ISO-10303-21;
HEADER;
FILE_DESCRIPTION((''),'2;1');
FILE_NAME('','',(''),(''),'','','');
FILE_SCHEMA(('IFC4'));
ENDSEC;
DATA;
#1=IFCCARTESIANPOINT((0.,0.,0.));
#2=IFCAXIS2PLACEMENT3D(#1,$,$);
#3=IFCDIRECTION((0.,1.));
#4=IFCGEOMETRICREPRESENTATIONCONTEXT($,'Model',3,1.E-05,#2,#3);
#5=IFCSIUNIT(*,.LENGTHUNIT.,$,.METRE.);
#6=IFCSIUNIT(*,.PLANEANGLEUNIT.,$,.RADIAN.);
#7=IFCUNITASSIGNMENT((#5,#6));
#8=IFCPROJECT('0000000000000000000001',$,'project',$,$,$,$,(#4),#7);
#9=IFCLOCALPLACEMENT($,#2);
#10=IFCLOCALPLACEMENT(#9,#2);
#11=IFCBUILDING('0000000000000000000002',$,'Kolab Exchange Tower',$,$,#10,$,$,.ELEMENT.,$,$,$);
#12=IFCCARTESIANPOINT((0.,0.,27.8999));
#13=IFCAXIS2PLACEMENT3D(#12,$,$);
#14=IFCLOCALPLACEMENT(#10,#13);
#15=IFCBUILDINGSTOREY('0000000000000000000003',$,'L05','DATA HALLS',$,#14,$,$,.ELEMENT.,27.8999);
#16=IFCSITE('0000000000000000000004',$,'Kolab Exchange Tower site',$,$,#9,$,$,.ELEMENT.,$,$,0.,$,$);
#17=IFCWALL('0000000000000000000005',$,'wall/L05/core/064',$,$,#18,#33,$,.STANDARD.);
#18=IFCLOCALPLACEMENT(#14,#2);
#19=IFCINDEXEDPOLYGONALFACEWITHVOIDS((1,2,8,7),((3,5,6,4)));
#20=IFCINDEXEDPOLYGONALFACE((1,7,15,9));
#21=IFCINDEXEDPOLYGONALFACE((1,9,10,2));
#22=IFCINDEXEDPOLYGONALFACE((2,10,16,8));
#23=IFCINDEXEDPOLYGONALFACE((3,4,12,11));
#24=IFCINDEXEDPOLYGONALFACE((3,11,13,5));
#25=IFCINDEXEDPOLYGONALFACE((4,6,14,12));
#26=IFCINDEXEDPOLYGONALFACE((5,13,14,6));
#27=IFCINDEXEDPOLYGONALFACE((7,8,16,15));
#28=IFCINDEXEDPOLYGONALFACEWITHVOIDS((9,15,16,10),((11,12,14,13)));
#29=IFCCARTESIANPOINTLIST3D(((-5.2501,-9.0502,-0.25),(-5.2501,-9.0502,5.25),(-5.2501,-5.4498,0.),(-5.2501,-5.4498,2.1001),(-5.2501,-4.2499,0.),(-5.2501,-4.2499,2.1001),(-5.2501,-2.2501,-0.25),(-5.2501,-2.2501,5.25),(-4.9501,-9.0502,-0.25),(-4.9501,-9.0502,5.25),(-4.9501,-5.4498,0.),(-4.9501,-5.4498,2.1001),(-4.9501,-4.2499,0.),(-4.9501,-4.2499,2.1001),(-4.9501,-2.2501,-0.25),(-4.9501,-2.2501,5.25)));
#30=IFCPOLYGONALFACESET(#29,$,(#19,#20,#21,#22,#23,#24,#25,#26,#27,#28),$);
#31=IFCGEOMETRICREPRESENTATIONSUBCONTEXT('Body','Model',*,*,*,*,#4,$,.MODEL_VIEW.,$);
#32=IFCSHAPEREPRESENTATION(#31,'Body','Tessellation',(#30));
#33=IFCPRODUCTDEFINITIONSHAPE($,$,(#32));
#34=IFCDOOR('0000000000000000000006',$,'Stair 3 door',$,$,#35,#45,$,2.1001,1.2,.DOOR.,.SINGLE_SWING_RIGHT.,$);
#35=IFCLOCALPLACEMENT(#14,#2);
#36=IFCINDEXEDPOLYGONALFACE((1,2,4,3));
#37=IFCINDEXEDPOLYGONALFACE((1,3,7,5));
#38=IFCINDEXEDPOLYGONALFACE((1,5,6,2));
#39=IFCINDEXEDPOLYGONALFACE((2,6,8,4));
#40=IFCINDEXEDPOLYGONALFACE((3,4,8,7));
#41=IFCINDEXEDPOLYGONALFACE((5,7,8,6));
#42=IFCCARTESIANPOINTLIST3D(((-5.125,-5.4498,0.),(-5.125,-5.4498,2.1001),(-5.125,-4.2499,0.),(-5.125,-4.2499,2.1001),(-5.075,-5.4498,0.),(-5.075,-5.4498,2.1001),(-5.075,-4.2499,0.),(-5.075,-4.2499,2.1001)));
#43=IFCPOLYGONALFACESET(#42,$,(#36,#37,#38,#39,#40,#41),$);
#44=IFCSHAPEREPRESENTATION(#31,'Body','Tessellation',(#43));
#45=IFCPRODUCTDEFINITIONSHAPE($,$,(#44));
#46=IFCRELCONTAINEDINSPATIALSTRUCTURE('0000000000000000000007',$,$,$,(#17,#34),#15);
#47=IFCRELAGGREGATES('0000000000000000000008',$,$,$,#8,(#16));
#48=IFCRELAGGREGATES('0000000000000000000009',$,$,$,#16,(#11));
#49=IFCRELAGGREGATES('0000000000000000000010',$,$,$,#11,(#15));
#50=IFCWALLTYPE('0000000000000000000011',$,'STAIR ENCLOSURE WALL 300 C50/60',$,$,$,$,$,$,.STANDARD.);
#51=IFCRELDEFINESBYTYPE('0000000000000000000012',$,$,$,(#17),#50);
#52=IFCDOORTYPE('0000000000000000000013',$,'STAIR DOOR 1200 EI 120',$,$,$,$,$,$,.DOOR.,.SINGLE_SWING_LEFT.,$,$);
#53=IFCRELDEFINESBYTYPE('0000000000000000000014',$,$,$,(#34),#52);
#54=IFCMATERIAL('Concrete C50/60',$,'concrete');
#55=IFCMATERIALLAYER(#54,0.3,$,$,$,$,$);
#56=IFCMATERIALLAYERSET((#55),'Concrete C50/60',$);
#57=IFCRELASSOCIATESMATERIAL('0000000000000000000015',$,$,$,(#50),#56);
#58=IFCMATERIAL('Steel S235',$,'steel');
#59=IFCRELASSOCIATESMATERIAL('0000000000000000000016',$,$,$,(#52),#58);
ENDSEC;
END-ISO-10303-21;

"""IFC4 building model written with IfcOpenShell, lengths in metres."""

from ifc_helpers import new_model, si_unit, direction, frame, frame_2d, origin, place, context, subcontext, project, spatial, rectangle, extrude, material, layer, layer_set, type_object, element, fill, save


model = new_model("IFC4")

# Units and contexts
model_context = context("Model", 3, precision=1e-05, world=origin(), true_north=direction((0.0, 1.0)))
body_context = subcontext(model_context, "Body", "Model", "MODEL_VIEW")
ifc_project = project(units=[si_unit("LENGTHUNIT", "METRE"), si_unit("PLANEANGLEUNIT", "RADIAN")], contexts=[model_context])

# Site, building, storey
site_placement = place(None, origin())
site = spatial("IfcSite", under=ifc_project, at=site_placement, Name="Kolab Exchange Tower site", CompositionType="ELEMENT", RefElevation=0.0)
building_placement = place(site_placement, origin())
building = spatial("IfcBuilding", under=site, at=building_placement, Name="Kolab Exchange Tower", CompositionType="ELEMENT")
storey_placement = place(building_placement, frame((0.0, 0.0, 27.8999)))
storey = spatial("IfcBuildingStorey", under=building, at=storey_placement, Name="L05", Description="DATA HALLS", CompositionType="ELEMENT", Elevation=27.8999)

# Shared definitions
ifc_material_1 = material(Name="Steel S235", Category="steel")
ifc_material_2 = material(Name="Concrete C50/60", Category="concrete")

# Wall, opening, door
ifc_layer_1 = layer(ifc_material_2, 0.3)
ifc_layer_set_1 = layer_set([ifc_layer_1], Name="Concrete C50/60")
wall_type_1 = type_object("IfcWallType", Name="STAIR ENCLOSURE WALL 300 C50/60", PredefinedType="STANDARD", material=ifc_layer_set_1)
wall_1_placement = place(storey_placement, frame((-5.1001, -9.05, -0.25), z_axis=(0.0, 0.0, 1.0), x_axis=(0.0, 1.0, 0.0)))
wall_1 = element("IfcWall", 1, at=wall_1_placement, inside=storey, type_object=wall_type_1, Name="wall/L05/core/064", PredefinedType="STANDARD", context=body_context, shape_type="SweptSolid", body=[
    extrude(rectangle(XDim=6.8, YDim=0.3, at=frame_2d((3.3999, 0.0))), origin(), (0.0, 0.0, 1.0), 5.5),
])
opening_1_placement = place(wall_1_placement, frame((3.6001, 0.0, 0.25)))
opening_1 = element("IfcOpeningElement", 2, at=opening_1_placement, cuts=wall_1, PredefinedType="OPENING", context=body_context, shape_type="SweptSolid", body=[
    extrude(rectangle(XDim=1.2, YDim=2.1001, at=frame_2d((0.6001, 1.05))), frame((0.0, 0.1602, 0.0), z_axis=(0.0, -1.0, 0.0), x_axis=(1.0, 0.0, 0.0)), (0.0, 0.0, 1.0), 0.3201),
])
door_type_1 = type_object("IfcDoorType", Name="STAIR DOOR 1200 EI 120", OperationType="SINGLE_SWING_LEFT", PredefinedType="DOOR", material=ifc_material_1)
door_1_placement = place(opening_1_placement, origin())
door_1 = element("IfcDoor", 3, at=door_1_placement, inside=storey, type_object=door_type_1, Name="Stair 3 door", OperationType="SINGLE_SWING_RIGHT", OverallHeight=2.1001, OverallWidth=1.2, PredefinedType="DOOR", context=body_context, shape_type="SweptSolid", body=[
    extrude(rectangle(XDim=1.2, YDim=2.1001, at=frame_2d((0.6001, 1.05))), frame((0.0, 0.0249, 0.0), z_axis=(0.0, -1.0, 0.0), x_axis=(1.0, 0.0, 0.0)), (0.0, 0.0, 1.0), 0.05),
])
fill(opening_1, door_1)

save(model, "model.ifc")
